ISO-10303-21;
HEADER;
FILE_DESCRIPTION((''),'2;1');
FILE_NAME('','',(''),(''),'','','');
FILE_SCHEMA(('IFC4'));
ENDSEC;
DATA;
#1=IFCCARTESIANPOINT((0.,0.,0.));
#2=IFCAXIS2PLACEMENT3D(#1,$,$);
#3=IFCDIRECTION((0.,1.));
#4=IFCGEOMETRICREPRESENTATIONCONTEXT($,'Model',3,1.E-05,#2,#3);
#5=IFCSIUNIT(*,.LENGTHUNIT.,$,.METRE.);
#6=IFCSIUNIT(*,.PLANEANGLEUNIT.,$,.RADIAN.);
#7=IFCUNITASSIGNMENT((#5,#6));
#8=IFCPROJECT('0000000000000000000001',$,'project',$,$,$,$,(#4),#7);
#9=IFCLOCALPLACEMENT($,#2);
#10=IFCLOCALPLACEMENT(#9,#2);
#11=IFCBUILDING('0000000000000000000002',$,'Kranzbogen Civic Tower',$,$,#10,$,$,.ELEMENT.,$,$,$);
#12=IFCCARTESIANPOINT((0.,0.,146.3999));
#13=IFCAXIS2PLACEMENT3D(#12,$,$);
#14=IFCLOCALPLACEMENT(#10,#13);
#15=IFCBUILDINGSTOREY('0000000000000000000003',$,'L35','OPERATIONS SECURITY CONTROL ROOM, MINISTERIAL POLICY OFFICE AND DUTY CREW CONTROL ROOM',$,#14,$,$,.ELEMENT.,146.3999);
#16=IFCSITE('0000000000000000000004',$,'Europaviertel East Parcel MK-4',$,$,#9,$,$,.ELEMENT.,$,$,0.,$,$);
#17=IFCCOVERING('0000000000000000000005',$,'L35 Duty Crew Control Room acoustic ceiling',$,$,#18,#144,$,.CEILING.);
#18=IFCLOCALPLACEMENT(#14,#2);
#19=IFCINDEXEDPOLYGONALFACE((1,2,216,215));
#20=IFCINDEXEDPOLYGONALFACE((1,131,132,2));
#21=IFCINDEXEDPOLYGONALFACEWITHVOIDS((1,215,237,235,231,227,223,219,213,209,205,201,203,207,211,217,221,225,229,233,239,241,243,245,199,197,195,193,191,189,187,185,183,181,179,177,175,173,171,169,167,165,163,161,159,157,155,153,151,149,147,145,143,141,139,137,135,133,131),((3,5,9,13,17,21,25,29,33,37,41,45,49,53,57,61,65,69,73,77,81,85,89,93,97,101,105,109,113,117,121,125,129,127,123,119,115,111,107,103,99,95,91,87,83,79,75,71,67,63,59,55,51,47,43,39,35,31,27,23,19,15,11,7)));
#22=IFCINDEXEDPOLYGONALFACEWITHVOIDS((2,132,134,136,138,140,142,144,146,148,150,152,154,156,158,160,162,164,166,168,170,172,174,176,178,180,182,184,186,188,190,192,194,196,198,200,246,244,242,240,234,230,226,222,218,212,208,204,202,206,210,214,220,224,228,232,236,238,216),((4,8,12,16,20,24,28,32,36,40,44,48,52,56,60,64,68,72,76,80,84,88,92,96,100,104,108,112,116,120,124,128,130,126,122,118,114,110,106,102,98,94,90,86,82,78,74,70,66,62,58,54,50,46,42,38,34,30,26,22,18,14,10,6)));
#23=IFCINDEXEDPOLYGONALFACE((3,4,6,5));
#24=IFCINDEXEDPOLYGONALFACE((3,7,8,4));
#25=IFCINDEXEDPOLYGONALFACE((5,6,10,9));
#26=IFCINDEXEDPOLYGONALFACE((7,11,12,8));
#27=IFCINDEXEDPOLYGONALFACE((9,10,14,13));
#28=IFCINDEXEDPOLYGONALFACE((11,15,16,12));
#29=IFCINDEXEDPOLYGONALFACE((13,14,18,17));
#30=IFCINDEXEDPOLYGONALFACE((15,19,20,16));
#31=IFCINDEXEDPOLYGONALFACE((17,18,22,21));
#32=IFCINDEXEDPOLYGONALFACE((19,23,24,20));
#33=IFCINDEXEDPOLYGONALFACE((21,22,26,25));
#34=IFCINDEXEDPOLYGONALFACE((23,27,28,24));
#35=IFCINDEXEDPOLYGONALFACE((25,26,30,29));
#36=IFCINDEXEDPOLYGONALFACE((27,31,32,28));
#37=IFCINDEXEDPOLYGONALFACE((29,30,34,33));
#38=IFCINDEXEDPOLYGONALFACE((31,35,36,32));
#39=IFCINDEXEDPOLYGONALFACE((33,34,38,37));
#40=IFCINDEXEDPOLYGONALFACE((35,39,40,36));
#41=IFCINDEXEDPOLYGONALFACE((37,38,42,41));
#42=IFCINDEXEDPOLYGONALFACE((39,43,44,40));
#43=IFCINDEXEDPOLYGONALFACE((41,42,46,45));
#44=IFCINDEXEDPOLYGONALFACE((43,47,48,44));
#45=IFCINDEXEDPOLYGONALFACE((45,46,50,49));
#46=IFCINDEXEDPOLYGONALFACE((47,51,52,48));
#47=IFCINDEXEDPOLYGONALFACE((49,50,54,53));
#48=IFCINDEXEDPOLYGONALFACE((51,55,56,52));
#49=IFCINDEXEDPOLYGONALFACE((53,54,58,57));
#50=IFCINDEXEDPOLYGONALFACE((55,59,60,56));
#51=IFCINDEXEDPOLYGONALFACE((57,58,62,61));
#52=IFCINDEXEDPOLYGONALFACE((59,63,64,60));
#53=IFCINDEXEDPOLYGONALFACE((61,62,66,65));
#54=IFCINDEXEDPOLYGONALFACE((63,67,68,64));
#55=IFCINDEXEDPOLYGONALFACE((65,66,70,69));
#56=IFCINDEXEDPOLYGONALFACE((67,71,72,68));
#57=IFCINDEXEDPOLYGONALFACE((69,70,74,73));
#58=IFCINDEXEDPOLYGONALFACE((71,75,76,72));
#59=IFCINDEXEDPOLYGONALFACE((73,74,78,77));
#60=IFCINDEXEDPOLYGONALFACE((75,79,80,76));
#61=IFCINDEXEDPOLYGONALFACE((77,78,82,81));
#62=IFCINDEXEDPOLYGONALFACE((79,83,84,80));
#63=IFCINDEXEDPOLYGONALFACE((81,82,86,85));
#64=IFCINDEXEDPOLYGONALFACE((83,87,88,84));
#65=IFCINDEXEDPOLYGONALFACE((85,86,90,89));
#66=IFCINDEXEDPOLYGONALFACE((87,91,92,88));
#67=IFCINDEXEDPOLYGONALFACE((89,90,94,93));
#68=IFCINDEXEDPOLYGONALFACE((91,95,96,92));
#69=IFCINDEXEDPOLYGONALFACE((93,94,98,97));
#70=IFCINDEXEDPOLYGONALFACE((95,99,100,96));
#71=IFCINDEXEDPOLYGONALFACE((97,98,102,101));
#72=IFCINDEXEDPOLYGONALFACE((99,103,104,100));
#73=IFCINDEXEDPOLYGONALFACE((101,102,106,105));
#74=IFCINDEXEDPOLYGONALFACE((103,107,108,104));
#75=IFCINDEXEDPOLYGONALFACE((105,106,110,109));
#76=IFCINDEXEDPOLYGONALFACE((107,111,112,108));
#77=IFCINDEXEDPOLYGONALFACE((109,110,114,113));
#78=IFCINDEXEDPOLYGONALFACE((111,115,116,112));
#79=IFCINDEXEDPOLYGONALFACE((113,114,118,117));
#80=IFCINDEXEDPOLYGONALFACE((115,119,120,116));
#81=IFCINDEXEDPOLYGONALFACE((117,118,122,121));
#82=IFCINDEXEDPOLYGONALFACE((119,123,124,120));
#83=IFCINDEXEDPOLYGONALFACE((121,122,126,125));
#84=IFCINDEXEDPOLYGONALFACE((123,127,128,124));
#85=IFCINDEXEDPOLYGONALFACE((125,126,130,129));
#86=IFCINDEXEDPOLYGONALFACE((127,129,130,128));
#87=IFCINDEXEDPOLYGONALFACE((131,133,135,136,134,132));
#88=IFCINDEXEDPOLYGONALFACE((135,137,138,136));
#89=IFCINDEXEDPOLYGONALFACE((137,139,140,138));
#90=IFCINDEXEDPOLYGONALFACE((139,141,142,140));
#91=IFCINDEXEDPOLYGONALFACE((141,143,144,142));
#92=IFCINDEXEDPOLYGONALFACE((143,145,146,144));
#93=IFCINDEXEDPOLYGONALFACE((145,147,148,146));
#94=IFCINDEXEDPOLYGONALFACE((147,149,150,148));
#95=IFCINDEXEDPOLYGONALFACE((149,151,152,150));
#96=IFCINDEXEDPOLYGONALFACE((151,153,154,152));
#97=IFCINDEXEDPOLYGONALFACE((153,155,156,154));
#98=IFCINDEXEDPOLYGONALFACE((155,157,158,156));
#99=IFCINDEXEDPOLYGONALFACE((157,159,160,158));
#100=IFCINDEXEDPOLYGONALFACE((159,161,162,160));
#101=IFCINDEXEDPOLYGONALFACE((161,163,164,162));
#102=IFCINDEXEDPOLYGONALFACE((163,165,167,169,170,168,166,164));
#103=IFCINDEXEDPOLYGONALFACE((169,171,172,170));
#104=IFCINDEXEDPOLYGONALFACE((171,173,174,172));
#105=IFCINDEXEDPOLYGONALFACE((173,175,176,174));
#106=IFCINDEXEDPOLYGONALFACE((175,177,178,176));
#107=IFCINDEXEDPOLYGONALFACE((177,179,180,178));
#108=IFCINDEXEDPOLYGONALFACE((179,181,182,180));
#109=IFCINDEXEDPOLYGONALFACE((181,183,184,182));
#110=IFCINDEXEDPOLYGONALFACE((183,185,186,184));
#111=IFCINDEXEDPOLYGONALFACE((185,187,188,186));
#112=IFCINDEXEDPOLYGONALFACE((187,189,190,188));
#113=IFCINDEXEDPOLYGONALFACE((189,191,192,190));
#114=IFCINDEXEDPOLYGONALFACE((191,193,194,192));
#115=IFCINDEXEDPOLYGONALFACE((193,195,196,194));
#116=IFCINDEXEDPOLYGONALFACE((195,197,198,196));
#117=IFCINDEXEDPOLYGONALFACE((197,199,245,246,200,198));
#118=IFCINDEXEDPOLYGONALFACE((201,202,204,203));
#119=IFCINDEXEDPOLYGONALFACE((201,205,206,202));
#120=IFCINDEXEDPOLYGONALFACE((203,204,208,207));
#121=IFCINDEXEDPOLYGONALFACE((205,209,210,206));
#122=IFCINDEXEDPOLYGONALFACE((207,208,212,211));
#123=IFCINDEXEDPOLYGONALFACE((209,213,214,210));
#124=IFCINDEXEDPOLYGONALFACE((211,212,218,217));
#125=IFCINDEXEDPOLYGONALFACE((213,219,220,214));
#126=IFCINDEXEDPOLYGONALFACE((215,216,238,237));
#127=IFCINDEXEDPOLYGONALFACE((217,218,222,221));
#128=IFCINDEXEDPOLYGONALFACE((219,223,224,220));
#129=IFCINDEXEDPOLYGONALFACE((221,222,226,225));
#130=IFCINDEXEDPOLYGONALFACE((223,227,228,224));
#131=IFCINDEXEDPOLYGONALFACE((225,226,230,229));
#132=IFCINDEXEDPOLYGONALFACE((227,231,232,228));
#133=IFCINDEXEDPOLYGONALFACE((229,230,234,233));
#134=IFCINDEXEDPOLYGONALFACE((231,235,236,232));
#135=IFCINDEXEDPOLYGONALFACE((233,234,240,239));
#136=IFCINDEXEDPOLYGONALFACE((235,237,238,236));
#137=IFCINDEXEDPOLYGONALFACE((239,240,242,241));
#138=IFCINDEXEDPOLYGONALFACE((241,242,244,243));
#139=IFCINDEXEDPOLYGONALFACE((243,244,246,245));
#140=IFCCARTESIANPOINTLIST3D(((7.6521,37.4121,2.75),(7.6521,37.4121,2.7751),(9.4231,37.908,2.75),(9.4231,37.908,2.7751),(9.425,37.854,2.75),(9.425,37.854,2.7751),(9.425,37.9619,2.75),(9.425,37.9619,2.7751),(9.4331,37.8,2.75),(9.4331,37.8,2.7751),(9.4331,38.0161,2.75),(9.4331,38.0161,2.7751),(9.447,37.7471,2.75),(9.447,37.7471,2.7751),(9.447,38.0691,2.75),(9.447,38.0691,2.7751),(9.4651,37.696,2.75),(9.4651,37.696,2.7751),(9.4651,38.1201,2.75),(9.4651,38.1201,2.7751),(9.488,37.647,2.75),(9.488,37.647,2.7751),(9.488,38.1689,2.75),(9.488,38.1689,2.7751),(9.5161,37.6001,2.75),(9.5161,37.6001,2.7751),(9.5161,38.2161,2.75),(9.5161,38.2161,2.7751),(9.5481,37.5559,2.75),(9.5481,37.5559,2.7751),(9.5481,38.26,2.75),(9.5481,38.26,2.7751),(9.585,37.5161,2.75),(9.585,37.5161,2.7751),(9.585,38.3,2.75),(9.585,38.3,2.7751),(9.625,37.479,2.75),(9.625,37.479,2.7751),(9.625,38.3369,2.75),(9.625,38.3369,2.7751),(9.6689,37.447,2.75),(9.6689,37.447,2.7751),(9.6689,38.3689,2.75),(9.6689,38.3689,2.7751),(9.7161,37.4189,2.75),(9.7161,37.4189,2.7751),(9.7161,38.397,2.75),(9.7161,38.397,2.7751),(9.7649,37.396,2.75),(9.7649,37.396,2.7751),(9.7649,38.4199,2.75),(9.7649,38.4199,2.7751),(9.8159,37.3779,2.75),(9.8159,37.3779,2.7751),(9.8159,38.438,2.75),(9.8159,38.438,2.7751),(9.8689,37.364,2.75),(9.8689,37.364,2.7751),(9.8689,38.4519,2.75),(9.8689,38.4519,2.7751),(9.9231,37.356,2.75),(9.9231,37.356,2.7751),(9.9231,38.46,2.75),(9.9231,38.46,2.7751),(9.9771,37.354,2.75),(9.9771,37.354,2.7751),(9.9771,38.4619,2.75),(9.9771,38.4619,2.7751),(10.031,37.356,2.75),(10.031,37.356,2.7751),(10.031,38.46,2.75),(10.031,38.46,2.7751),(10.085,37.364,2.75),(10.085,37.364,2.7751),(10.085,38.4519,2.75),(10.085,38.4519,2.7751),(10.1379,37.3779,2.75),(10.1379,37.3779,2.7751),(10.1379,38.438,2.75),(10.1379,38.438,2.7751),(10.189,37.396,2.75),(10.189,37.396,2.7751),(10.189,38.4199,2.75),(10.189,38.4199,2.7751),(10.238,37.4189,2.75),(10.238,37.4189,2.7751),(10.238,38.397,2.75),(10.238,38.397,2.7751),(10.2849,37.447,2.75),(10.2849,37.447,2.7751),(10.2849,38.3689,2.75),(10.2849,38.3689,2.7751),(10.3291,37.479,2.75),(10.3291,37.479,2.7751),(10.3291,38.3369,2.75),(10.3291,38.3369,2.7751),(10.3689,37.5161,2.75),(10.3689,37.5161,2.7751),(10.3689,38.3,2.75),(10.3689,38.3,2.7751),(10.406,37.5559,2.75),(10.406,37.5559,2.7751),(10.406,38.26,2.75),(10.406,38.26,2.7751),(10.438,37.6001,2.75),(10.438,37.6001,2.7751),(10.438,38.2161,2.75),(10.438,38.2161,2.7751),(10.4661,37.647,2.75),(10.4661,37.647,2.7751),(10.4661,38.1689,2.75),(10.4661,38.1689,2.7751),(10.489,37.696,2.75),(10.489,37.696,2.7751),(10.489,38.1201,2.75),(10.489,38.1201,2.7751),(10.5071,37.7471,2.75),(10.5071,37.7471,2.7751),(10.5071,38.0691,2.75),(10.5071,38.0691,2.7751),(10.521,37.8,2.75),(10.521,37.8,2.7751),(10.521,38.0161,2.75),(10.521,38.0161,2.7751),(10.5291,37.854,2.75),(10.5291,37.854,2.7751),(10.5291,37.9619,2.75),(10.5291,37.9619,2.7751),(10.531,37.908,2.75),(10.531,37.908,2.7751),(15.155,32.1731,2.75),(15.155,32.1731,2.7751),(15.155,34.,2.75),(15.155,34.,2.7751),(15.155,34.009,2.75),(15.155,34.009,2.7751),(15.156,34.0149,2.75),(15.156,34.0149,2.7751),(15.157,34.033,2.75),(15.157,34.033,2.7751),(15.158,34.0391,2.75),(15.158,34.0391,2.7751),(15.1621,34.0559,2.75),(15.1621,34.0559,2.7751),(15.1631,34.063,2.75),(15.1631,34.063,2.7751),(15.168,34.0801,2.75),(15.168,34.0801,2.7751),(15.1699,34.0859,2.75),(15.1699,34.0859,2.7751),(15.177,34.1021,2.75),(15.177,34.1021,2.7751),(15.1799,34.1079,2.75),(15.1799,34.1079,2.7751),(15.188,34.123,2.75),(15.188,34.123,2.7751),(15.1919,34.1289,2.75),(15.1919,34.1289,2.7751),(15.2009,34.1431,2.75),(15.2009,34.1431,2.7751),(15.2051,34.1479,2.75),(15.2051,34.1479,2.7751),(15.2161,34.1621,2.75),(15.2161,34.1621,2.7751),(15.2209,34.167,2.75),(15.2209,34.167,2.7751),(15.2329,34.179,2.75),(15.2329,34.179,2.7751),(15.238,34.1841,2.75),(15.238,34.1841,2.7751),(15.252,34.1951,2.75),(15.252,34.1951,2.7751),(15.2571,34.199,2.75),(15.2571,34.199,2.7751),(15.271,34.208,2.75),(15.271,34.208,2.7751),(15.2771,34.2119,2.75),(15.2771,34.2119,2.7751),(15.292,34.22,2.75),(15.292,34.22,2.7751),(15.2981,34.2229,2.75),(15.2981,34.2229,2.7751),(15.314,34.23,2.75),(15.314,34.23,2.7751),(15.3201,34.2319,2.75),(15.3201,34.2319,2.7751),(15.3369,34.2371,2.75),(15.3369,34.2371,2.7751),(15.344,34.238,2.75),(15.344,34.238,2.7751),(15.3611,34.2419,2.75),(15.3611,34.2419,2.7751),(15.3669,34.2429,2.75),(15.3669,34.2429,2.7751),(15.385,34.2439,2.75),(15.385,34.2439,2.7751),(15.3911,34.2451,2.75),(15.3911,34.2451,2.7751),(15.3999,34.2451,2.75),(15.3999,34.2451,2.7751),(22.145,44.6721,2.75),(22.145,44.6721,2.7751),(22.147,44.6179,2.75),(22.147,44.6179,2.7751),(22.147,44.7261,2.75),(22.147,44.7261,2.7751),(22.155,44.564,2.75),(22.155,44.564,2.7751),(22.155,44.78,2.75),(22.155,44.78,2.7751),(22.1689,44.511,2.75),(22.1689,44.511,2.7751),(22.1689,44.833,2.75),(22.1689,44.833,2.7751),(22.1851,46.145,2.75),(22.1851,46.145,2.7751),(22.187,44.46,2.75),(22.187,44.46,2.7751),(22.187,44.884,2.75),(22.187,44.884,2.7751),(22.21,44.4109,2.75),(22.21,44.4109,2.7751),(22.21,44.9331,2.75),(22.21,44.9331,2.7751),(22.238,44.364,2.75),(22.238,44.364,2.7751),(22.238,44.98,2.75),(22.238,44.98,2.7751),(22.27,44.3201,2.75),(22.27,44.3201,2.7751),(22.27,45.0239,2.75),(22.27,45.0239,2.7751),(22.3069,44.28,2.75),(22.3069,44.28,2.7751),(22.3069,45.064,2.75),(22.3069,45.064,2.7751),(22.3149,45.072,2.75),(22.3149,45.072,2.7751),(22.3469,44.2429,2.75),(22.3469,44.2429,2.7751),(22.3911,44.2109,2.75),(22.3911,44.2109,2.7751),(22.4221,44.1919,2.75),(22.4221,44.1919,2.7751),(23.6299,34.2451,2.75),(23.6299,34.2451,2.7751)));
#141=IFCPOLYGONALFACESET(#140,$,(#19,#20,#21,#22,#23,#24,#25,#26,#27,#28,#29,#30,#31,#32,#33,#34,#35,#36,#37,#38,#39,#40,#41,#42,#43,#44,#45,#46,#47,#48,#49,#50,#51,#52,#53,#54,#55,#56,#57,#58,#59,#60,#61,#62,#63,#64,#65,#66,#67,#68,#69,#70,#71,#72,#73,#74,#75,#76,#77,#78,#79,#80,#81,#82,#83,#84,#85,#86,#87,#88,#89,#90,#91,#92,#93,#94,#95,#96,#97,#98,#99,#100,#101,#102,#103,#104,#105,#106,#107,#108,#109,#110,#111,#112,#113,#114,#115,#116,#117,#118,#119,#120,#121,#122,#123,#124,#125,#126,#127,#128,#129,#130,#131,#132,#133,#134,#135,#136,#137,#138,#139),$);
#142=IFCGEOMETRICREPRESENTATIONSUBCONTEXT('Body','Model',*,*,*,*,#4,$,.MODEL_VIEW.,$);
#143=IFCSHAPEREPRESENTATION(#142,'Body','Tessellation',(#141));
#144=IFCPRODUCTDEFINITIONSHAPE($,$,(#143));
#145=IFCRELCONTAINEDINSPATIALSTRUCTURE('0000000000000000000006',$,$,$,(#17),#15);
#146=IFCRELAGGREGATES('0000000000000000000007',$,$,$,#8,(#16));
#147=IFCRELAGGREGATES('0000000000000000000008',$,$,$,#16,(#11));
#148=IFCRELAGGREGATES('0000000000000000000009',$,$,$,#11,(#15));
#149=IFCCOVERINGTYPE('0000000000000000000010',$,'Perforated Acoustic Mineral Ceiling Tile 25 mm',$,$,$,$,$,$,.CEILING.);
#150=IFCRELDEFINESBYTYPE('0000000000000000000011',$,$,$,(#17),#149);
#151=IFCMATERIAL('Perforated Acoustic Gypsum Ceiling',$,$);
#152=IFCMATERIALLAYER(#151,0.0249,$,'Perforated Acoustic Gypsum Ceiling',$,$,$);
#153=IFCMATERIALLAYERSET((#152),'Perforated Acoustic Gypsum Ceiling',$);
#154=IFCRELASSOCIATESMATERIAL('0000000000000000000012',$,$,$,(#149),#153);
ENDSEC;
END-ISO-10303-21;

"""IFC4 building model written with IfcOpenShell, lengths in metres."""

from ifc_helpers import new_model, si_unit, direction, frame, origin, place, context, subcontext, project, spatial, polyline, outline, extrude, material, layer, layer_set, type_object, element, save


model = new_model("IFC4")

# Units and contexts
model_context = context("Model", 3, precision=1e-05, world=origin(), true_north=direction((0.0, 1.0)))
body_context = subcontext(model_context, "Body", "Model", "MODEL_VIEW")
ifc_project = project(units=[si_unit("LENGTHUNIT", "METRE"), si_unit("PLANEANGLEUNIT", "RADIAN")], contexts=[model_context])

# Site, building, storey
site_placement = place(None, origin())
site = spatial("IfcSite", under=ifc_project, at=site_placement, Name="Europaviertel East Parcel MK-4", CompositionType="ELEMENT", RefElevation=0.0)
building_placement = place(site_placement, origin())
building = spatial("IfcBuilding", under=site, at=building_placement, Name="Kranzbogen Civic Tower", CompositionType="ELEMENT")
storey_placement = place(building_placement, frame((0.0, 0.0, 146.3999)))
storey = spatial("IfcBuildingStorey", under=building, at=storey_placement, Name="L35", Description="OPERATIONS SECURITY CONTROL ROOM, MINISTERIAL POLICY OFFICE AND DUTY CREW CONTROL ROOM", CompositionType="ELEMENT", Elevation=146.3999)

# Covering
ifc_material_1 = material(Name="Perforated Acoustic Gypsum Ceiling")
ifc_layer_1 = layer(ifc_material_1, 0.0249, Name="Perforated Acoustic Gypsum Ceiling")
ifc_layer_set_1 = layer_set([ifc_layer_1], Name="Perforated Acoustic Gypsum Ceiling")
covering_type = type_object("IfcCoveringType", Name="Perforated Acoustic Mineral Ceiling Tile 25 mm", PredefinedType="CEILING", material=ifc_layer_set_1)
covering_1_placement = place(storey_placement, frame((0.0, 0.0, 2.75)))
element("IfcCovering", 1, at=covering_1_placement, inside=storey, type_object=covering_type, Name="L35 Duty Crew Control Room acoustic ceiling", PredefinedType="CEILING", context=body_context, shape_type="SweptSolid", body=[
    extrude(outline(polyline([(22.3149, 45.072), (22.3069, 45.064), (22.27, 45.0239), (22.238, 44.98), (22.21, 44.9331), (22.187, 44.884), (22.1689, 44.833), (22.155, 44.78), (22.147, 44.7261), (22.145, 44.6721), (22.147, 44.6179), (22.155, 44.564), (22.1689, 44.511), (22.187, 44.46), (22.21, 44.4109), (22.238, 44.364), (22.27, 44.3201), (22.3069, 44.28), (22.3469, 44.2429), (22.3911, 44.2109), (22.4221, 44.1919), (23.6299, 34.2451), (15.3999, 34.2451), (15.3911, 34.2451), (15.385, 34.2439), (15.3669, 34.2429), (15.3611, 34.2419), (15.344, 34.238), (15.3369, 34.2371), (15.3201, 34.2319), (15.314, 34.23), (15.2981, 34.2229), (15.292, 34.22), (15.2771, 34.2119), (15.271, 34.208), (15.2571, 34.199), (15.252, 34.1951), (15.238, 34.1841), (15.2329, 34.179), (15.2209, 34.167), (15.2161, 34.1621), (15.2051, 34.1479), (15.2009, 34.1431), (15.1919, 34.1289), (15.188, 34.123), (15.1799, 34.1079), (15.177, 34.1021), (15.1699, 34.0859), (15.168, 34.0801), (15.1631, 34.063), (15.1621, 34.0559), (15.158, 34.0391), (15.157, 34.033), (15.156, 34.0149), (15.155, 34.009), (15.155, 34.0), (15.155, 32.1731), (7.6521, 37.4121), (22.1851, 46.145), (22.3149, 45.072)]), holes=[polyline([(10.489, 37.696), (10.4661, 37.647), (10.438, 37.6001), (10.406, 37.5559), (10.3689, 37.5161), (10.3291, 37.479), (10.2849, 37.447), (10.238, 37.4189), (10.189, 37.396), (10.1379, 37.3779), (10.085, 37.364), (10.031, 37.356), (9.9771, 37.354), (9.9231, 37.356), (9.8689, 37.364), (9.8159, 37.3779), (9.7649, 37.396), (9.7161, 37.4189), (9.6689, 37.447), (9.625, 37.479), (9.585, 37.5161), (9.5481, 37.5559), (9.5161, 37.6001), (9.488, 37.647), (9.4651, 37.696), (9.447, 37.7471), (9.4331, 37.8), (9.425, 37.854), (9.4231, 37.908), (9.425, 37.9619), (9.4331, 38.0161), (9.447, 38.0691), (9.4651, 38.1201), (9.488, 38.1689), (9.5161, 38.2161), (9.5481, 38.26), (9.585, 38.3), (9.625, 38.3369), (9.6689, 38.3689), (9.7161, 38.397), (9.7649, 38.4199), (9.8159, 38.438), (9.8689, 38.4519), (9.9231, 38.46), (9.9771, 38.4619), (10.031, 38.46), (10.085, 38.4519), (10.1379, 38.438), (10.189, 38.4199), (10.238, 38.397), (10.2849, 38.3689), (10.3291, 38.3369), (10.3689, 38.3), (10.406, 38.26), (10.438, 38.2161), (10.4661, 38.1689), (10.489, 38.1201), (10.5071, 38.0691), (10.521, 38.0161), (10.5291, 37.9619), (10.531, 37.908), (10.5291, 37.854), (10.521, 37.8), (10.5071, 37.7471), (10.489, 37.696)])]), origin(), (0.0, 0.0, 1.0), 0.0251),
])

save(model, "model.ifc")
